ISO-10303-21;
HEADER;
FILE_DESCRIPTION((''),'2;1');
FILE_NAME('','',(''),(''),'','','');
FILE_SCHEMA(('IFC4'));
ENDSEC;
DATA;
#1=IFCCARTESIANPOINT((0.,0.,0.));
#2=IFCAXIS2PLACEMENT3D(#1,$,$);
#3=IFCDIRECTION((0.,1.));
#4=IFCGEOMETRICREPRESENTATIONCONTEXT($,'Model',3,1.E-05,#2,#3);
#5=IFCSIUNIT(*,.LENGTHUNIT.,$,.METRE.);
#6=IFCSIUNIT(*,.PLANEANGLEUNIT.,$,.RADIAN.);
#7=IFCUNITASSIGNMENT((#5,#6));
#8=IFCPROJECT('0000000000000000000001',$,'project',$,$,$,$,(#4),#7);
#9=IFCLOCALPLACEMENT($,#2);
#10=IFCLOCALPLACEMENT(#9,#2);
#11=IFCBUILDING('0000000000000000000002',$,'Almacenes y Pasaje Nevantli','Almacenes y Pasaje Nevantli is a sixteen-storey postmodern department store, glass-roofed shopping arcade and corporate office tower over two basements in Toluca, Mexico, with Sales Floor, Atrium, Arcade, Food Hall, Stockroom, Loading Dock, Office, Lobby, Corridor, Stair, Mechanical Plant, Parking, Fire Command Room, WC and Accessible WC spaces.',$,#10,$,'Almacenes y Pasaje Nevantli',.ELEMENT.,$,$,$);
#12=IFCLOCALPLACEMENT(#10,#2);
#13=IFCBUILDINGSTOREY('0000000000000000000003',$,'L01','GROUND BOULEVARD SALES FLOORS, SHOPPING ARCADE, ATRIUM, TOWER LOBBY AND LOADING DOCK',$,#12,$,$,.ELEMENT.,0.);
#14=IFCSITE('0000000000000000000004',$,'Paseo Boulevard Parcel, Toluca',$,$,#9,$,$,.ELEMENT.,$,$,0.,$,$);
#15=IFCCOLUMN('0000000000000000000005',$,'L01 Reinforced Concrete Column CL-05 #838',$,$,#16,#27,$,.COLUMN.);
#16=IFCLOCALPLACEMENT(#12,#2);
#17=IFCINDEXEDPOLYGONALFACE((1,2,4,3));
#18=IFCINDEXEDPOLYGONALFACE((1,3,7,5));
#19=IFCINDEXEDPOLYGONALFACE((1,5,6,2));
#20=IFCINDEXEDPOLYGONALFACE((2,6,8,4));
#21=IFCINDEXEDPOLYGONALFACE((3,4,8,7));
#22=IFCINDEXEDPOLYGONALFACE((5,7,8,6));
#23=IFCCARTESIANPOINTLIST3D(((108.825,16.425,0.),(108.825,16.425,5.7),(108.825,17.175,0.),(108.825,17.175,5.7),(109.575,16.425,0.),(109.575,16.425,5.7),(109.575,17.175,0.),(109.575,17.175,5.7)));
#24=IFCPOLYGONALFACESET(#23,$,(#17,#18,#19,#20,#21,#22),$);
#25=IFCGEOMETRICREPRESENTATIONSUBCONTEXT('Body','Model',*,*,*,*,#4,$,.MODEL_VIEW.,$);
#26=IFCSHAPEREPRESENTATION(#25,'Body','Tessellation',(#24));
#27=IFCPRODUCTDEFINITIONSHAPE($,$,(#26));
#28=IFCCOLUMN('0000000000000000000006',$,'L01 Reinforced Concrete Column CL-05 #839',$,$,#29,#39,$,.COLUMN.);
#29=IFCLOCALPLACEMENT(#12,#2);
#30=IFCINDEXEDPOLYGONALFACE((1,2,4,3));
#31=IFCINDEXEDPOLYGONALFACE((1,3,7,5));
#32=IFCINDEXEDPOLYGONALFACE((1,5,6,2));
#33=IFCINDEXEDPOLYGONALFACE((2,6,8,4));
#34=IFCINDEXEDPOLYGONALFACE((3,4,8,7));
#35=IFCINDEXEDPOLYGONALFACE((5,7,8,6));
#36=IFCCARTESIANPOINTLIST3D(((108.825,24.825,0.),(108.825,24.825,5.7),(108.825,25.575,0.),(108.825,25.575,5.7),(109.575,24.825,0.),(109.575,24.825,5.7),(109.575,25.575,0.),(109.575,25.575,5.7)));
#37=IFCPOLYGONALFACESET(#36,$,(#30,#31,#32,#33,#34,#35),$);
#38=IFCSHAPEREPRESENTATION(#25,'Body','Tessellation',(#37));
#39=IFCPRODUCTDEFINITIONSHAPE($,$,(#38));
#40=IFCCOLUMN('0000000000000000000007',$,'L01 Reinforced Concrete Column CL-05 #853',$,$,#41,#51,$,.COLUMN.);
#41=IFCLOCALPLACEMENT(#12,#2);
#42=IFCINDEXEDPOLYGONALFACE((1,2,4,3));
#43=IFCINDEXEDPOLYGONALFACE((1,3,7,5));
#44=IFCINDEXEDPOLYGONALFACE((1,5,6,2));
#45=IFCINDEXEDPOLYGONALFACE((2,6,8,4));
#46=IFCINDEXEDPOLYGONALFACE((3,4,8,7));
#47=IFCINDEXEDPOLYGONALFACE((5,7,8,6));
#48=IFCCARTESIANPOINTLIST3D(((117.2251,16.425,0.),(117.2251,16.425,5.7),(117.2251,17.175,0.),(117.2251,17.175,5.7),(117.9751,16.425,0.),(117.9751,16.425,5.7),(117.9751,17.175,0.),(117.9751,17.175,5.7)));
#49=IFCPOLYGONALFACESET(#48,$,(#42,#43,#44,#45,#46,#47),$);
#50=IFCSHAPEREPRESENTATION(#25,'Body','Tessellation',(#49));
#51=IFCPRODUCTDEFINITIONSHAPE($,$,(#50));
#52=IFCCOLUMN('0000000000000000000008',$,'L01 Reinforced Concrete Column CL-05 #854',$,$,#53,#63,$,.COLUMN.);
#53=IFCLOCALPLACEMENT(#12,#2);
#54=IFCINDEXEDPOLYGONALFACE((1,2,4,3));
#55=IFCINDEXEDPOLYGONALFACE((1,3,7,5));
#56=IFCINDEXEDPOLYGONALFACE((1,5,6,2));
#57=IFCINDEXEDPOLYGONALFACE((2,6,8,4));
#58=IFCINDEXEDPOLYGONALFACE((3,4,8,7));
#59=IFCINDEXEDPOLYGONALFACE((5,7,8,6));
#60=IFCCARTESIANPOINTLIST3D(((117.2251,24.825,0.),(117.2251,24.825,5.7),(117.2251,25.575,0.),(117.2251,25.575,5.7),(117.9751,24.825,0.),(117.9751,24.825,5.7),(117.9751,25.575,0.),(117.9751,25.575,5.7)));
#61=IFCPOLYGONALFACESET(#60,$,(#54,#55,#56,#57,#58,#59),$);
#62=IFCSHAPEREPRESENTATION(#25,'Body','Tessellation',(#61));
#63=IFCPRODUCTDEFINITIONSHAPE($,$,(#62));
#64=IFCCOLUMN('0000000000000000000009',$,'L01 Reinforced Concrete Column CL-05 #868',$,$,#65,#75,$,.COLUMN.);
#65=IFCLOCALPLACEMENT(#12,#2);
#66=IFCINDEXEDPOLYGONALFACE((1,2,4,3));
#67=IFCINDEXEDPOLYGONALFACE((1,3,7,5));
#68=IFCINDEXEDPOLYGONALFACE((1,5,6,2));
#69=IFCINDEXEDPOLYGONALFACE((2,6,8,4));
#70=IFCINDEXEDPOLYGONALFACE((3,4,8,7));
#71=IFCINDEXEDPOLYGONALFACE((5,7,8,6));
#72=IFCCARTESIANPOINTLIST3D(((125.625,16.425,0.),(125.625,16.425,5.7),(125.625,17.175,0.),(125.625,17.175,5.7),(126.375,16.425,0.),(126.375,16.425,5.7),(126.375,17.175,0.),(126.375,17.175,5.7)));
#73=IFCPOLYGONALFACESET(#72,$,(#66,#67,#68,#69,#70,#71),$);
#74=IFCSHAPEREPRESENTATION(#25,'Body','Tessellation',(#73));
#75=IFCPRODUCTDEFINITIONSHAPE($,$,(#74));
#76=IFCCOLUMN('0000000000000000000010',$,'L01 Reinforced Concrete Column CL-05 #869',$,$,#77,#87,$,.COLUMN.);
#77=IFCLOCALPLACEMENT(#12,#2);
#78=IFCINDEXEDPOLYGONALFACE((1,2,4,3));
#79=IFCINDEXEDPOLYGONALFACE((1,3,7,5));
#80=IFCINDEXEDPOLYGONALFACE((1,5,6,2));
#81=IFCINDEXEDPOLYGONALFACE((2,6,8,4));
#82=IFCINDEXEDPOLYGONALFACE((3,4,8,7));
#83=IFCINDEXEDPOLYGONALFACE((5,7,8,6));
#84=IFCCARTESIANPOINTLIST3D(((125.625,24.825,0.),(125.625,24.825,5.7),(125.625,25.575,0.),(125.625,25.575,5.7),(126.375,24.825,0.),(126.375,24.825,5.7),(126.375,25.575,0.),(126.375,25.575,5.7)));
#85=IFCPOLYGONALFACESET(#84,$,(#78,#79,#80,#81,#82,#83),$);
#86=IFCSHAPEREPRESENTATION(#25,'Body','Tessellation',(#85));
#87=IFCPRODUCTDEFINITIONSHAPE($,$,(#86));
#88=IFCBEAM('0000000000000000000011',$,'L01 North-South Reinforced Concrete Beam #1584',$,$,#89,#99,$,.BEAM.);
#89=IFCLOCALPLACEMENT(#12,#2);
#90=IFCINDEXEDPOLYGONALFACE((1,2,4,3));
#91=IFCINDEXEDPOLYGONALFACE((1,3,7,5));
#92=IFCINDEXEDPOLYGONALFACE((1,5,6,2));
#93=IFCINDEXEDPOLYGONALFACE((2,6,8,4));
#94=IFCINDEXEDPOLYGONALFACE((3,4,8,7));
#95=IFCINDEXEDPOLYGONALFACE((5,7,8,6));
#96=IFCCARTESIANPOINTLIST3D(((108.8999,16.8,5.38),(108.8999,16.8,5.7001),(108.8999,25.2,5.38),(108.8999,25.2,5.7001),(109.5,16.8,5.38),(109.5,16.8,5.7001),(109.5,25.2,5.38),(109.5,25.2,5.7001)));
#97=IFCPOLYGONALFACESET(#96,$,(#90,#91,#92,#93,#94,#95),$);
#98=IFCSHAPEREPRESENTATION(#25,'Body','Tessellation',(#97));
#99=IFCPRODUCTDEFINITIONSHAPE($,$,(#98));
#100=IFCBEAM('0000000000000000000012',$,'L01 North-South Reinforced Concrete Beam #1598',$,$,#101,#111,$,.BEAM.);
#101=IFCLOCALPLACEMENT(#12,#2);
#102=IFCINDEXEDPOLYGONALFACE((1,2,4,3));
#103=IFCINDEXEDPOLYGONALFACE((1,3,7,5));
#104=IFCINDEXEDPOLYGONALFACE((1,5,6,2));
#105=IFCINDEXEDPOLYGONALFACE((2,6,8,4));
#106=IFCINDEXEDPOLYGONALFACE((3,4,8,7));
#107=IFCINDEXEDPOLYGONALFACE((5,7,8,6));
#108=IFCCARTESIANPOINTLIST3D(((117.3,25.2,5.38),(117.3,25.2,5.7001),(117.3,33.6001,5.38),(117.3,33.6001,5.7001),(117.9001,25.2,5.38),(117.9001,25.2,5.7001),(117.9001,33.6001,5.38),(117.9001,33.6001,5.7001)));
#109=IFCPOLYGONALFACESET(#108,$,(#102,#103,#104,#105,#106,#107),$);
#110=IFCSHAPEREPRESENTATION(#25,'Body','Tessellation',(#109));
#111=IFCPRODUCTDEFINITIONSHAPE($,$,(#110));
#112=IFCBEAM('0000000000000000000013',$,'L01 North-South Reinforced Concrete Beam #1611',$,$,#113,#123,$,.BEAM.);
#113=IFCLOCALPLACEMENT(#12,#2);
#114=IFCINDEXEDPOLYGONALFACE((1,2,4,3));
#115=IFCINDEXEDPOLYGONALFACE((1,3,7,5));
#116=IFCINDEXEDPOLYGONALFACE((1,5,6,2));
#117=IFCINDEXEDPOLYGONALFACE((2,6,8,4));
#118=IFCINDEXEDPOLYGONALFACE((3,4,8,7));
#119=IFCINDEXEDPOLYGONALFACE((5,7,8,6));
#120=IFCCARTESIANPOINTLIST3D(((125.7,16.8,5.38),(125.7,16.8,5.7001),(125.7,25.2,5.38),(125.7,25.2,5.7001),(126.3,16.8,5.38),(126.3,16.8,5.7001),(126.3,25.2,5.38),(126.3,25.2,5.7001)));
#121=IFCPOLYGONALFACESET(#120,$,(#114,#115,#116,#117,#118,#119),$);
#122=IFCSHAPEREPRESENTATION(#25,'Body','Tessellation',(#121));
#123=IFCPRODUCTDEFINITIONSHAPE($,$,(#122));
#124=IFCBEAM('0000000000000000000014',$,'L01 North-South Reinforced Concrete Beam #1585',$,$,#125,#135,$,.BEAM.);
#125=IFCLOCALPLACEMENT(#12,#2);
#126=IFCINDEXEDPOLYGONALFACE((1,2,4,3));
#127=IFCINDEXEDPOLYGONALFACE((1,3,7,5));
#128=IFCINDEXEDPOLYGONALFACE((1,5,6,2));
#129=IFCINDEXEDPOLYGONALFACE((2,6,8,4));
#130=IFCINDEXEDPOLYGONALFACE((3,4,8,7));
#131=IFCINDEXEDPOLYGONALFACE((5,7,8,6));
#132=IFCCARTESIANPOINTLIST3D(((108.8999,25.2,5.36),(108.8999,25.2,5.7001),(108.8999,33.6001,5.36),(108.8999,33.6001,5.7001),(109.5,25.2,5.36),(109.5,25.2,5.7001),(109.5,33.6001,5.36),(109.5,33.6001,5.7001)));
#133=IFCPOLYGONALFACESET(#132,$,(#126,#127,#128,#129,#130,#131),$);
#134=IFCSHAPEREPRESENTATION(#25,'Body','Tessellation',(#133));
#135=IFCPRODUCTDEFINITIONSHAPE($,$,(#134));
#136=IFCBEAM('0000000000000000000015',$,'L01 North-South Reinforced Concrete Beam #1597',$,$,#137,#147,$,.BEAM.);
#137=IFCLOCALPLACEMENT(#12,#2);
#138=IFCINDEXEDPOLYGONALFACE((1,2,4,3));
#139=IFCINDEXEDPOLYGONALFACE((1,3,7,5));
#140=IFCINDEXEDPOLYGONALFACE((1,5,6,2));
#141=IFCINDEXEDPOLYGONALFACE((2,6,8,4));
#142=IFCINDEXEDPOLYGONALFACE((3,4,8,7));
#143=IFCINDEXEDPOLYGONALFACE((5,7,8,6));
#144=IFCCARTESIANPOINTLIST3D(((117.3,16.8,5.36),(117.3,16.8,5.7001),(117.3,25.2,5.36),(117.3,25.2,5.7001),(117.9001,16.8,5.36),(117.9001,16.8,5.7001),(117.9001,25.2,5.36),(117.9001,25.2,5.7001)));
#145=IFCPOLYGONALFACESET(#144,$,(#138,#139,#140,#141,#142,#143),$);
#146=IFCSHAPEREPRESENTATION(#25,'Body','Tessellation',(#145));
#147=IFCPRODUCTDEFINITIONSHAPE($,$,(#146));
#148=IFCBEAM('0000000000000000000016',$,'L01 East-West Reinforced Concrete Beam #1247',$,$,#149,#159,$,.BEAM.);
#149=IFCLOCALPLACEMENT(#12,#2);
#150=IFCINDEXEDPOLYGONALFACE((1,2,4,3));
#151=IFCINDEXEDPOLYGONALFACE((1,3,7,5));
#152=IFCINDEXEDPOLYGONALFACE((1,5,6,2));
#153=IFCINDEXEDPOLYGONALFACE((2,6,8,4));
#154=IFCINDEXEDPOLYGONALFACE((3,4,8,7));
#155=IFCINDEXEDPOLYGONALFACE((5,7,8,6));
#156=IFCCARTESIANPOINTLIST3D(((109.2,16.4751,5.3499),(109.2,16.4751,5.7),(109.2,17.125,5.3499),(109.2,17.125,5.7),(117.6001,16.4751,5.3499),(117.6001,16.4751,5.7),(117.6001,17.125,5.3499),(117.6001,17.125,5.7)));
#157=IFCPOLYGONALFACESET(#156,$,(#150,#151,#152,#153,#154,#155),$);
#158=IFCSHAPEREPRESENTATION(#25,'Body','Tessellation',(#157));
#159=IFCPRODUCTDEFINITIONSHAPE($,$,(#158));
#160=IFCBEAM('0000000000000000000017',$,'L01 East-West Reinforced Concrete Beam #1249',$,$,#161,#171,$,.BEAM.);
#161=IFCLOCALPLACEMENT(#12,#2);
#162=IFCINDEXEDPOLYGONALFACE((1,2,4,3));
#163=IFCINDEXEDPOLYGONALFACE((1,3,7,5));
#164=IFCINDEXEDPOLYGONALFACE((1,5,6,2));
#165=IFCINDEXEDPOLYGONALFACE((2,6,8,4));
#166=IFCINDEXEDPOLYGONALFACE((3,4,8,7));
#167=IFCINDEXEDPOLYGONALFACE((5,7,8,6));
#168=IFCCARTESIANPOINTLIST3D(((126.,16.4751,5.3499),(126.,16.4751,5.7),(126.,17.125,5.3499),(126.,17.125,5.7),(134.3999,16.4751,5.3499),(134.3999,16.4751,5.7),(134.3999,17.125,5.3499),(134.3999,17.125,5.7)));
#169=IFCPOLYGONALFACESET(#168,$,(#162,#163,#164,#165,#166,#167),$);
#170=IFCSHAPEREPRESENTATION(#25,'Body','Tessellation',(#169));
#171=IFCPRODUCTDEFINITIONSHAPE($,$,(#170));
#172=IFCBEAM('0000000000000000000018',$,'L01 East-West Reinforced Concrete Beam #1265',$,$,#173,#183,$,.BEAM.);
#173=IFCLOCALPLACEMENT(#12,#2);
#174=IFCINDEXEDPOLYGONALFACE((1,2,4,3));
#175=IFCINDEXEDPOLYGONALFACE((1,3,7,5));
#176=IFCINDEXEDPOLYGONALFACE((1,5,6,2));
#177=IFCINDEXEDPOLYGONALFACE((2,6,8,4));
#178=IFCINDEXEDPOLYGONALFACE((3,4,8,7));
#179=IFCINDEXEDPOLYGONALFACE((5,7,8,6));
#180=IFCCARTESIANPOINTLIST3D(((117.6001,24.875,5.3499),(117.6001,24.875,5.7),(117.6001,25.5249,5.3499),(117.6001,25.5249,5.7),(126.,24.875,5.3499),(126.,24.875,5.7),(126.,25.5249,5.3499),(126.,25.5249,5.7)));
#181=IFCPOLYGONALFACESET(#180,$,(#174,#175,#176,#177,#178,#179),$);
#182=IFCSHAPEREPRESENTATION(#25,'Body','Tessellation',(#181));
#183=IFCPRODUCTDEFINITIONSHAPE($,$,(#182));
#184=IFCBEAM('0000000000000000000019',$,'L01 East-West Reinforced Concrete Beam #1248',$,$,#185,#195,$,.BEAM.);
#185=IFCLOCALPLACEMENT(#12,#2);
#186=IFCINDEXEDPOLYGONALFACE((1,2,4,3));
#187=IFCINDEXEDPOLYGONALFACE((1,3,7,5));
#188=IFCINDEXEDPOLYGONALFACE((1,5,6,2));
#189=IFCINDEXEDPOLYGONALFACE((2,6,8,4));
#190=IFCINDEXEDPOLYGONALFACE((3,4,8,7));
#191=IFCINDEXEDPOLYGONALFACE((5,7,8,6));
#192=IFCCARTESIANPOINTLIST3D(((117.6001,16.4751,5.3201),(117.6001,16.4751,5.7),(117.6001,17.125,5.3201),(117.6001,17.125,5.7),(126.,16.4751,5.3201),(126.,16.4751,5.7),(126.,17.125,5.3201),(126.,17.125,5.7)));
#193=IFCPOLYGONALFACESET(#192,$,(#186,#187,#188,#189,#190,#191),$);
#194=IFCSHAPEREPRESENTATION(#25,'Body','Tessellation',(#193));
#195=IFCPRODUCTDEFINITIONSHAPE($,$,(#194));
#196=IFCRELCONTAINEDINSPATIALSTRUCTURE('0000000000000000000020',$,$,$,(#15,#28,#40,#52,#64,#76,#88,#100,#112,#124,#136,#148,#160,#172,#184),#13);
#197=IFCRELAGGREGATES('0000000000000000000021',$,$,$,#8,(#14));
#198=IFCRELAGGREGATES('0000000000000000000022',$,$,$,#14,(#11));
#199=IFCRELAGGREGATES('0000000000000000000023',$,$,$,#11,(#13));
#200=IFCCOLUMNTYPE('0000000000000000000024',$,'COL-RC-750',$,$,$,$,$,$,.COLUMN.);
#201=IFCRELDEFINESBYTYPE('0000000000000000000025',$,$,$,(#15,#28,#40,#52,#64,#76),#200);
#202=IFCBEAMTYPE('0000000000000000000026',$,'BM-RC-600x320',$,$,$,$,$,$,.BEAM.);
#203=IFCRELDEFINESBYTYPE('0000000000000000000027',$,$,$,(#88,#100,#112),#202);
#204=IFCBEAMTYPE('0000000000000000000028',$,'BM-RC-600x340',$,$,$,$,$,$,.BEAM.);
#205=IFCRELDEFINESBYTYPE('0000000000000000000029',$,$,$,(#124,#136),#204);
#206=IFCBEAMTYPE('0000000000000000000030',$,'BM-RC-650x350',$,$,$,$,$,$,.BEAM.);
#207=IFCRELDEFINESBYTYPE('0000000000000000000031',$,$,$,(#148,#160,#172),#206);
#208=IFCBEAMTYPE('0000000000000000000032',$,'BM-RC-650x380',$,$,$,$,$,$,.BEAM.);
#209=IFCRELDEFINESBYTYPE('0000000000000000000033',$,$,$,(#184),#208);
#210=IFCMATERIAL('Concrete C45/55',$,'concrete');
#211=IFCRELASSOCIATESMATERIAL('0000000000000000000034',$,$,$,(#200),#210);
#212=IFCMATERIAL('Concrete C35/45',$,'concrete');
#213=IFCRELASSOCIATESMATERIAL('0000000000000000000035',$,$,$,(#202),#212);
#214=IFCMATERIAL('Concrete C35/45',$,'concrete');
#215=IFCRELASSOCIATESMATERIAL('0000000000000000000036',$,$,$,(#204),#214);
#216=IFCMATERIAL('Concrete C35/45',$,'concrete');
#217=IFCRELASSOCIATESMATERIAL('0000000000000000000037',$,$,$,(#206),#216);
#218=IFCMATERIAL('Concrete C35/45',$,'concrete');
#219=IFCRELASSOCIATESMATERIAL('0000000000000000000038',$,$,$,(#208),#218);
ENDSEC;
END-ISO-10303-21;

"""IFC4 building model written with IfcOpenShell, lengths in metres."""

from ifc_helpers import new_model, si_unit, direction, frame, origin, origin_2d, place, context, subcontext, project, spatial, rectangle, extrude, material, material_profile, profile_set, type_object, element, save


model = new_model("IFC4")

# Units and contexts
model_context = context("Model", 3, precision=1e-05, world=origin(), true_north=direction((0.0, 1.0)))
body_context = subcontext(model_context, "Body", "Model", "MODEL_VIEW")
ifc_project = project(units=[si_unit("LENGTHUNIT", "METRE"), si_unit("PLANEANGLEUNIT", "RADIAN")], contexts=[model_context])

# Site, building, storey
site_placement = place(None, origin())
site = spatial("IfcSite", under=ifc_project, at=site_placement, Name="Paseo Boulevard Parcel, Toluca", CompositionType="ELEMENT", RefElevation=0.0)
building_placement = place(site_placement, origin())
building = spatial("IfcBuilding", under=site, at=building_placement, Name="Almacenes y Pasaje Nevantli", Description="Almacenes y Pasaje Nevantli is a sixteen-storey postmodern department store, glass-roofed shopping arcade and corporate office tower over two basements in Toluca, Mexico, with Sales Floor, Atrium, Arcade, Food Hall, Stockroom, Loading Dock, Office, Lobby, Corridor, Stair, Mechanical Plant, Parking, Fire Command Room, WC and Accessible WC spaces.", LongName="Almacenes y Pasaje Nevantli", CompositionType="ELEMENT")
storey_placement = place(building_placement, origin())
storey = spatial("IfcBuildingStorey", under=building, at=storey_placement, Name="L01", Description="GROUND BOULEVARD SALES FLOORS, SHOPPING ARCADE, ATRIUM, TOWER LOBBY AND LOADING DOCK", CompositionType="ELEMENT", Elevation=0.0)

# Columns
ifc_material_1 = material(Name="Concrete C45/55", Category="concrete")
ifc_material_profile_1 = material_profile(ifc_material_1, rectangle(XDim=0.75, YDim=0.75, at=origin_2d()), Name="RC-COL-750x750")
ifc_profile_set_1 = profile_set([ifc_material_profile_1], Name="Concrete C45/55")
column_type = type_object("IfcColumnType", Name="COL-RC-750", PredefinedType="COLUMN", material=ifc_profile_set_1)
for number, where, z_axis, x_axis, name in (
    (1, (109.2, 16.8, 0.0), (0.0, 0.0, 1.0), (1.0, 0.0, 0.0), "L01 Reinforced Concrete Column CL-05 #838"),
    (2, (109.2, 25.2, 0.0), (0.0, 0.0, 1.0), (1.0, 0.0, 0.0), "L01 Reinforced Concrete Column CL-05 #839"),
    (3, (117.6001, 16.8, 0.0), (0.0, 0.0, 1.0), (1.0, 0.0, 0.0), "L01 Reinforced Concrete Column CL-05 #853"),
    (4, (117.6001, 25.2, 0.0), (0.0, 0.0, 1.0), (1.0, 0.0, 0.0), "L01 Reinforced Concrete Column CL-05 #854"),
    (5, (126.0, 16.8, 0.0), (0.0, 0.0, 1.0), (1.0, 0.0, 0.0), "L01 Reinforced Concrete Column CL-05 #868"),
    (6, (126.0, 25.2, 0.0), (0.0, 0.0, 1.0), (1.0, 0.0, 0.0), "L01 Reinforced Concrete Column CL-05 #869"),
):
    element("IfcColumn", number, at=place(storey_placement, frame(where, z_axis=z_axis, x_axis=x_axis)), inside=storey, type_object=column_type, Name=name, PredefinedType="COLUMN", context=body_context, shape_type="SweptSolid", body=[
        extrude(rectangle(XDim=0.75, YDim=0.75, at=origin_2d()), origin(), (0.0, 0.0, 1.0), 5.7),
    ])

# Beams
ifc_material_2 = material(Name="Concrete C35/45", Category="concrete")
ifc_material_profile_2 = material_profile(ifc_material_2, rectangle(XDim=0.6001, YDim=0.3201, at=origin_2d()), Name="RC-BM-600x320")
ifc_profile_set_2 = profile_set([ifc_material_profile_2], Name="Concrete C35/45")
beam_type_1 = type_object("IfcBeamType", Name="BM-RC-600x320", PredefinedType="BEAM", material=ifc_profile_set_2)
beam_1_placement = place(storey_placement, frame((109.2, 16.8, 5.54), z_axis=(0.0, 1.0, 0.0), x_axis=(-1.0, 0.0, 0.0)))
element("IfcBeam", 7, at=beam_1_placement, inside=storey, type_object=beam_type_1, Name="L01 North-South Reinforced Concrete Beam #1584", PredefinedType="BEAM", context=body_context, shape_type="SweptSolid", body=[
    extrude(rectangle(XDim=0.6001, YDim=0.3201, at=origin_2d()), origin(), (0.0, 0.0, 1.0), 8.3999),
])
beam_2_placement = place(storey_placement, frame((117.6001, 25.2, 5.54), z_axis=(0.0, 1.0, 0.0), x_axis=(-1.0, 0.0, 0.0)))
element("IfcBeam", 8, at=beam_2_placement, inside=storey, type_object=beam_type_1, Name="L01 North-South Reinforced Concrete Beam #1598", PredefinedType="BEAM", context=body_context, shape_type="SweptSolid", body=[
    extrude(rectangle(XDim=0.6001, YDim=0.3201, at=origin_2d()), origin(), (0.0, 0.0, 1.0), 8.4001),
])
beam_3_placement = place(storey_placement, frame((126.0, 16.8, 5.54), z_axis=(0.0, 1.0, 0.0), x_axis=(-1.0, 0.0, 0.0)))
element("IfcBeam", 9, at=beam_3_placement, inside=storey, type_object=beam_type_1, Name="L01 North-South Reinforced Concrete Beam #1611", PredefinedType="BEAM", context=body_context, shape_type="SweptSolid", body=[
    extrude(rectangle(XDim=0.6001, YDim=0.3201, at=origin_2d()), origin(), (0.0, 0.0, 1.0), 8.3999),
])
ifc_material_3 = material(Name="Concrete C35/45", Category="concrete")
ifc_material_profile_3 = material_profile(ifc_material_3, rectangle(XDim=0.6001, YDim=0.3401, at=origin_2d()), Name="RC-BM-600x340")
ifc_profile_set_3 = profile_set([ifc_material_profile_3], Name="Concrete C35/45")
beam_type_2 = type_object("IfcBeamType", Name="BM-RC-600x340", PredefinedType="BEAM", material=ifc_profile_set_3)
beam_4_placement = place(storey_placement, frame((109.2, 25.2, 5.53), z_axis=(0.0, 1.0, 0.0), x_axis=(-1.0, 0.0, 0.0)))
element("IfcBeam", 10, at=beam_4_placement, inside=storey, type_object=beam_type_2, Name="L01 North-South Reinforced Concrete Beam #1585", PredefinedType="BEAM", context=body_context, shape_type="SweptSolid", body=[
    extrude(rectangle(XDim=0.6001, YDim=0.3401, at=origin_2d()), origin(), (0.0, 0.0, 1.0), 8.4001),
])
beam_5_placement = place(storey_placement, frame((117.6001, 16.8, 5.53), z_axis=(0.0, 1.0, 0.0), x_axis=(-1.0, 0.0, 0.0)))
element("IfcBeam", 11, at=beam_5_placement, inside=storey, type_object=beam_type_2, Name="L01 North-South Reinforced Concrete Beam #1597", PredefinedType="BEAM", context=body_context, shape_type="SweptSolid", body=[
    extrude(rectangle(XDim=0.6001, YDim=0.3401, at=origin_2d()), origin(), (0.0, 0.0, 1.0), 8.3999),
])
ifc_material_4 = material(Name="Concrete C35/45", Category="concrete")
ifc_material_profile_4 = material_profile(ifc_material_4, rectangle(XDim=0.6499, YDim=0.3501, at=origin_2d()), Name="RC-BM-650x350")
ifc_profile_set_4 = profile_set([ifc_material_profile_4], Name="Concrete C35/45")
beam_type_3 = type_object("IfcBeamType", Name="BM-RC-650x350", PredefinedType="BEAM", material=ifc_profile_set_4)
beam_6_placement = place(storey_placement, frame((109.2, 16.8, 5.5249), z_axis=(1.0, 0.0, 0.0), x_axis=(0.0, 1.0, 0.0)))
element("IfcBeam", 12, at=beam_6_placement, inside=storey, type_object=beam_type_3, Name="L01 East-West Reinforced Concrete Beam #1247", PredefinedType="BEAM", context=body_context, shape_type="SweptSolid", body=[
    extrude(rectangle(XDim=0.6499, YDim=0.3501, at=origin_2d()), origin(), (0.0, 0.0, 1.0), 8.4001),
])
for number, where, z_axis, x_axis, name in (
    (13, (126.0, 16.8, 5.5249), (1.0, 0.0, 0.0), (0.0, 1.0, 0.0), "L01 East-West Reinforced Concrete Beam #1249"),
    (14, (117.6001, 25.2, 5.5249), (1.0, 0.0, 0.0), (0.0, 1.0, 0.0), "L01 East-West Reinforced Concrete Beam #1265"),
):
    element("IfcBeam", number, at=place(storey_placement, frame(where, z_axis=z_axis, x_axis=x_axis)), inside=storey, type_object=beam_type_3, Name=name, PredefinedType="BEAM", context=body_context, shape_type="SweptSolid", body=[
        extrude(rectangle(XDim=0.6499, YDim=0.3501, at=origin_2d()), origin(), (0.0, 0.0, 1.0), 8.3999),
    ])
ifc_material_5 = material(Name="Concrete C35/45", Category="concrete")
ifc_material_profile_5 = material_profile(ifc_material_5, rectangle(XDim=0.6499, YDim=0.3799, at=origin_2d()), Name="RC-BM-650x380")
ifc_profile_set_5 = profile_set([ifc_material_profile_5], Name="Concrete C35/45")
beam_type_4 = type_object("IfcBeamType", Name="BM-RC-650x380", PredefinedType="BEAM", material=ifc_profile_set_5)
beam_7_placement = place(storey_placement, frame((117.6001, 16.8, 5.51), z_axis=(1.0, 0.0, 0.0), x_axis=(0.0, 1.0, 0.0)))
element("IfcBeam", 15, at=beam_7_placement, inside=storey, type_object=beam_type_4, Name="L01 East-West Reinforced Concrete Beam #1248", PredefinedType="BEAM", context=body_context, shape_type="SweptSolid", body=[
    extrude(rectangle(XDim=0.6499, YDim=0.3799, at=origin_2d()), origin(), (0.0, 0.0, 1.0), 8.3999),
])

save(model, "model.ifc")
